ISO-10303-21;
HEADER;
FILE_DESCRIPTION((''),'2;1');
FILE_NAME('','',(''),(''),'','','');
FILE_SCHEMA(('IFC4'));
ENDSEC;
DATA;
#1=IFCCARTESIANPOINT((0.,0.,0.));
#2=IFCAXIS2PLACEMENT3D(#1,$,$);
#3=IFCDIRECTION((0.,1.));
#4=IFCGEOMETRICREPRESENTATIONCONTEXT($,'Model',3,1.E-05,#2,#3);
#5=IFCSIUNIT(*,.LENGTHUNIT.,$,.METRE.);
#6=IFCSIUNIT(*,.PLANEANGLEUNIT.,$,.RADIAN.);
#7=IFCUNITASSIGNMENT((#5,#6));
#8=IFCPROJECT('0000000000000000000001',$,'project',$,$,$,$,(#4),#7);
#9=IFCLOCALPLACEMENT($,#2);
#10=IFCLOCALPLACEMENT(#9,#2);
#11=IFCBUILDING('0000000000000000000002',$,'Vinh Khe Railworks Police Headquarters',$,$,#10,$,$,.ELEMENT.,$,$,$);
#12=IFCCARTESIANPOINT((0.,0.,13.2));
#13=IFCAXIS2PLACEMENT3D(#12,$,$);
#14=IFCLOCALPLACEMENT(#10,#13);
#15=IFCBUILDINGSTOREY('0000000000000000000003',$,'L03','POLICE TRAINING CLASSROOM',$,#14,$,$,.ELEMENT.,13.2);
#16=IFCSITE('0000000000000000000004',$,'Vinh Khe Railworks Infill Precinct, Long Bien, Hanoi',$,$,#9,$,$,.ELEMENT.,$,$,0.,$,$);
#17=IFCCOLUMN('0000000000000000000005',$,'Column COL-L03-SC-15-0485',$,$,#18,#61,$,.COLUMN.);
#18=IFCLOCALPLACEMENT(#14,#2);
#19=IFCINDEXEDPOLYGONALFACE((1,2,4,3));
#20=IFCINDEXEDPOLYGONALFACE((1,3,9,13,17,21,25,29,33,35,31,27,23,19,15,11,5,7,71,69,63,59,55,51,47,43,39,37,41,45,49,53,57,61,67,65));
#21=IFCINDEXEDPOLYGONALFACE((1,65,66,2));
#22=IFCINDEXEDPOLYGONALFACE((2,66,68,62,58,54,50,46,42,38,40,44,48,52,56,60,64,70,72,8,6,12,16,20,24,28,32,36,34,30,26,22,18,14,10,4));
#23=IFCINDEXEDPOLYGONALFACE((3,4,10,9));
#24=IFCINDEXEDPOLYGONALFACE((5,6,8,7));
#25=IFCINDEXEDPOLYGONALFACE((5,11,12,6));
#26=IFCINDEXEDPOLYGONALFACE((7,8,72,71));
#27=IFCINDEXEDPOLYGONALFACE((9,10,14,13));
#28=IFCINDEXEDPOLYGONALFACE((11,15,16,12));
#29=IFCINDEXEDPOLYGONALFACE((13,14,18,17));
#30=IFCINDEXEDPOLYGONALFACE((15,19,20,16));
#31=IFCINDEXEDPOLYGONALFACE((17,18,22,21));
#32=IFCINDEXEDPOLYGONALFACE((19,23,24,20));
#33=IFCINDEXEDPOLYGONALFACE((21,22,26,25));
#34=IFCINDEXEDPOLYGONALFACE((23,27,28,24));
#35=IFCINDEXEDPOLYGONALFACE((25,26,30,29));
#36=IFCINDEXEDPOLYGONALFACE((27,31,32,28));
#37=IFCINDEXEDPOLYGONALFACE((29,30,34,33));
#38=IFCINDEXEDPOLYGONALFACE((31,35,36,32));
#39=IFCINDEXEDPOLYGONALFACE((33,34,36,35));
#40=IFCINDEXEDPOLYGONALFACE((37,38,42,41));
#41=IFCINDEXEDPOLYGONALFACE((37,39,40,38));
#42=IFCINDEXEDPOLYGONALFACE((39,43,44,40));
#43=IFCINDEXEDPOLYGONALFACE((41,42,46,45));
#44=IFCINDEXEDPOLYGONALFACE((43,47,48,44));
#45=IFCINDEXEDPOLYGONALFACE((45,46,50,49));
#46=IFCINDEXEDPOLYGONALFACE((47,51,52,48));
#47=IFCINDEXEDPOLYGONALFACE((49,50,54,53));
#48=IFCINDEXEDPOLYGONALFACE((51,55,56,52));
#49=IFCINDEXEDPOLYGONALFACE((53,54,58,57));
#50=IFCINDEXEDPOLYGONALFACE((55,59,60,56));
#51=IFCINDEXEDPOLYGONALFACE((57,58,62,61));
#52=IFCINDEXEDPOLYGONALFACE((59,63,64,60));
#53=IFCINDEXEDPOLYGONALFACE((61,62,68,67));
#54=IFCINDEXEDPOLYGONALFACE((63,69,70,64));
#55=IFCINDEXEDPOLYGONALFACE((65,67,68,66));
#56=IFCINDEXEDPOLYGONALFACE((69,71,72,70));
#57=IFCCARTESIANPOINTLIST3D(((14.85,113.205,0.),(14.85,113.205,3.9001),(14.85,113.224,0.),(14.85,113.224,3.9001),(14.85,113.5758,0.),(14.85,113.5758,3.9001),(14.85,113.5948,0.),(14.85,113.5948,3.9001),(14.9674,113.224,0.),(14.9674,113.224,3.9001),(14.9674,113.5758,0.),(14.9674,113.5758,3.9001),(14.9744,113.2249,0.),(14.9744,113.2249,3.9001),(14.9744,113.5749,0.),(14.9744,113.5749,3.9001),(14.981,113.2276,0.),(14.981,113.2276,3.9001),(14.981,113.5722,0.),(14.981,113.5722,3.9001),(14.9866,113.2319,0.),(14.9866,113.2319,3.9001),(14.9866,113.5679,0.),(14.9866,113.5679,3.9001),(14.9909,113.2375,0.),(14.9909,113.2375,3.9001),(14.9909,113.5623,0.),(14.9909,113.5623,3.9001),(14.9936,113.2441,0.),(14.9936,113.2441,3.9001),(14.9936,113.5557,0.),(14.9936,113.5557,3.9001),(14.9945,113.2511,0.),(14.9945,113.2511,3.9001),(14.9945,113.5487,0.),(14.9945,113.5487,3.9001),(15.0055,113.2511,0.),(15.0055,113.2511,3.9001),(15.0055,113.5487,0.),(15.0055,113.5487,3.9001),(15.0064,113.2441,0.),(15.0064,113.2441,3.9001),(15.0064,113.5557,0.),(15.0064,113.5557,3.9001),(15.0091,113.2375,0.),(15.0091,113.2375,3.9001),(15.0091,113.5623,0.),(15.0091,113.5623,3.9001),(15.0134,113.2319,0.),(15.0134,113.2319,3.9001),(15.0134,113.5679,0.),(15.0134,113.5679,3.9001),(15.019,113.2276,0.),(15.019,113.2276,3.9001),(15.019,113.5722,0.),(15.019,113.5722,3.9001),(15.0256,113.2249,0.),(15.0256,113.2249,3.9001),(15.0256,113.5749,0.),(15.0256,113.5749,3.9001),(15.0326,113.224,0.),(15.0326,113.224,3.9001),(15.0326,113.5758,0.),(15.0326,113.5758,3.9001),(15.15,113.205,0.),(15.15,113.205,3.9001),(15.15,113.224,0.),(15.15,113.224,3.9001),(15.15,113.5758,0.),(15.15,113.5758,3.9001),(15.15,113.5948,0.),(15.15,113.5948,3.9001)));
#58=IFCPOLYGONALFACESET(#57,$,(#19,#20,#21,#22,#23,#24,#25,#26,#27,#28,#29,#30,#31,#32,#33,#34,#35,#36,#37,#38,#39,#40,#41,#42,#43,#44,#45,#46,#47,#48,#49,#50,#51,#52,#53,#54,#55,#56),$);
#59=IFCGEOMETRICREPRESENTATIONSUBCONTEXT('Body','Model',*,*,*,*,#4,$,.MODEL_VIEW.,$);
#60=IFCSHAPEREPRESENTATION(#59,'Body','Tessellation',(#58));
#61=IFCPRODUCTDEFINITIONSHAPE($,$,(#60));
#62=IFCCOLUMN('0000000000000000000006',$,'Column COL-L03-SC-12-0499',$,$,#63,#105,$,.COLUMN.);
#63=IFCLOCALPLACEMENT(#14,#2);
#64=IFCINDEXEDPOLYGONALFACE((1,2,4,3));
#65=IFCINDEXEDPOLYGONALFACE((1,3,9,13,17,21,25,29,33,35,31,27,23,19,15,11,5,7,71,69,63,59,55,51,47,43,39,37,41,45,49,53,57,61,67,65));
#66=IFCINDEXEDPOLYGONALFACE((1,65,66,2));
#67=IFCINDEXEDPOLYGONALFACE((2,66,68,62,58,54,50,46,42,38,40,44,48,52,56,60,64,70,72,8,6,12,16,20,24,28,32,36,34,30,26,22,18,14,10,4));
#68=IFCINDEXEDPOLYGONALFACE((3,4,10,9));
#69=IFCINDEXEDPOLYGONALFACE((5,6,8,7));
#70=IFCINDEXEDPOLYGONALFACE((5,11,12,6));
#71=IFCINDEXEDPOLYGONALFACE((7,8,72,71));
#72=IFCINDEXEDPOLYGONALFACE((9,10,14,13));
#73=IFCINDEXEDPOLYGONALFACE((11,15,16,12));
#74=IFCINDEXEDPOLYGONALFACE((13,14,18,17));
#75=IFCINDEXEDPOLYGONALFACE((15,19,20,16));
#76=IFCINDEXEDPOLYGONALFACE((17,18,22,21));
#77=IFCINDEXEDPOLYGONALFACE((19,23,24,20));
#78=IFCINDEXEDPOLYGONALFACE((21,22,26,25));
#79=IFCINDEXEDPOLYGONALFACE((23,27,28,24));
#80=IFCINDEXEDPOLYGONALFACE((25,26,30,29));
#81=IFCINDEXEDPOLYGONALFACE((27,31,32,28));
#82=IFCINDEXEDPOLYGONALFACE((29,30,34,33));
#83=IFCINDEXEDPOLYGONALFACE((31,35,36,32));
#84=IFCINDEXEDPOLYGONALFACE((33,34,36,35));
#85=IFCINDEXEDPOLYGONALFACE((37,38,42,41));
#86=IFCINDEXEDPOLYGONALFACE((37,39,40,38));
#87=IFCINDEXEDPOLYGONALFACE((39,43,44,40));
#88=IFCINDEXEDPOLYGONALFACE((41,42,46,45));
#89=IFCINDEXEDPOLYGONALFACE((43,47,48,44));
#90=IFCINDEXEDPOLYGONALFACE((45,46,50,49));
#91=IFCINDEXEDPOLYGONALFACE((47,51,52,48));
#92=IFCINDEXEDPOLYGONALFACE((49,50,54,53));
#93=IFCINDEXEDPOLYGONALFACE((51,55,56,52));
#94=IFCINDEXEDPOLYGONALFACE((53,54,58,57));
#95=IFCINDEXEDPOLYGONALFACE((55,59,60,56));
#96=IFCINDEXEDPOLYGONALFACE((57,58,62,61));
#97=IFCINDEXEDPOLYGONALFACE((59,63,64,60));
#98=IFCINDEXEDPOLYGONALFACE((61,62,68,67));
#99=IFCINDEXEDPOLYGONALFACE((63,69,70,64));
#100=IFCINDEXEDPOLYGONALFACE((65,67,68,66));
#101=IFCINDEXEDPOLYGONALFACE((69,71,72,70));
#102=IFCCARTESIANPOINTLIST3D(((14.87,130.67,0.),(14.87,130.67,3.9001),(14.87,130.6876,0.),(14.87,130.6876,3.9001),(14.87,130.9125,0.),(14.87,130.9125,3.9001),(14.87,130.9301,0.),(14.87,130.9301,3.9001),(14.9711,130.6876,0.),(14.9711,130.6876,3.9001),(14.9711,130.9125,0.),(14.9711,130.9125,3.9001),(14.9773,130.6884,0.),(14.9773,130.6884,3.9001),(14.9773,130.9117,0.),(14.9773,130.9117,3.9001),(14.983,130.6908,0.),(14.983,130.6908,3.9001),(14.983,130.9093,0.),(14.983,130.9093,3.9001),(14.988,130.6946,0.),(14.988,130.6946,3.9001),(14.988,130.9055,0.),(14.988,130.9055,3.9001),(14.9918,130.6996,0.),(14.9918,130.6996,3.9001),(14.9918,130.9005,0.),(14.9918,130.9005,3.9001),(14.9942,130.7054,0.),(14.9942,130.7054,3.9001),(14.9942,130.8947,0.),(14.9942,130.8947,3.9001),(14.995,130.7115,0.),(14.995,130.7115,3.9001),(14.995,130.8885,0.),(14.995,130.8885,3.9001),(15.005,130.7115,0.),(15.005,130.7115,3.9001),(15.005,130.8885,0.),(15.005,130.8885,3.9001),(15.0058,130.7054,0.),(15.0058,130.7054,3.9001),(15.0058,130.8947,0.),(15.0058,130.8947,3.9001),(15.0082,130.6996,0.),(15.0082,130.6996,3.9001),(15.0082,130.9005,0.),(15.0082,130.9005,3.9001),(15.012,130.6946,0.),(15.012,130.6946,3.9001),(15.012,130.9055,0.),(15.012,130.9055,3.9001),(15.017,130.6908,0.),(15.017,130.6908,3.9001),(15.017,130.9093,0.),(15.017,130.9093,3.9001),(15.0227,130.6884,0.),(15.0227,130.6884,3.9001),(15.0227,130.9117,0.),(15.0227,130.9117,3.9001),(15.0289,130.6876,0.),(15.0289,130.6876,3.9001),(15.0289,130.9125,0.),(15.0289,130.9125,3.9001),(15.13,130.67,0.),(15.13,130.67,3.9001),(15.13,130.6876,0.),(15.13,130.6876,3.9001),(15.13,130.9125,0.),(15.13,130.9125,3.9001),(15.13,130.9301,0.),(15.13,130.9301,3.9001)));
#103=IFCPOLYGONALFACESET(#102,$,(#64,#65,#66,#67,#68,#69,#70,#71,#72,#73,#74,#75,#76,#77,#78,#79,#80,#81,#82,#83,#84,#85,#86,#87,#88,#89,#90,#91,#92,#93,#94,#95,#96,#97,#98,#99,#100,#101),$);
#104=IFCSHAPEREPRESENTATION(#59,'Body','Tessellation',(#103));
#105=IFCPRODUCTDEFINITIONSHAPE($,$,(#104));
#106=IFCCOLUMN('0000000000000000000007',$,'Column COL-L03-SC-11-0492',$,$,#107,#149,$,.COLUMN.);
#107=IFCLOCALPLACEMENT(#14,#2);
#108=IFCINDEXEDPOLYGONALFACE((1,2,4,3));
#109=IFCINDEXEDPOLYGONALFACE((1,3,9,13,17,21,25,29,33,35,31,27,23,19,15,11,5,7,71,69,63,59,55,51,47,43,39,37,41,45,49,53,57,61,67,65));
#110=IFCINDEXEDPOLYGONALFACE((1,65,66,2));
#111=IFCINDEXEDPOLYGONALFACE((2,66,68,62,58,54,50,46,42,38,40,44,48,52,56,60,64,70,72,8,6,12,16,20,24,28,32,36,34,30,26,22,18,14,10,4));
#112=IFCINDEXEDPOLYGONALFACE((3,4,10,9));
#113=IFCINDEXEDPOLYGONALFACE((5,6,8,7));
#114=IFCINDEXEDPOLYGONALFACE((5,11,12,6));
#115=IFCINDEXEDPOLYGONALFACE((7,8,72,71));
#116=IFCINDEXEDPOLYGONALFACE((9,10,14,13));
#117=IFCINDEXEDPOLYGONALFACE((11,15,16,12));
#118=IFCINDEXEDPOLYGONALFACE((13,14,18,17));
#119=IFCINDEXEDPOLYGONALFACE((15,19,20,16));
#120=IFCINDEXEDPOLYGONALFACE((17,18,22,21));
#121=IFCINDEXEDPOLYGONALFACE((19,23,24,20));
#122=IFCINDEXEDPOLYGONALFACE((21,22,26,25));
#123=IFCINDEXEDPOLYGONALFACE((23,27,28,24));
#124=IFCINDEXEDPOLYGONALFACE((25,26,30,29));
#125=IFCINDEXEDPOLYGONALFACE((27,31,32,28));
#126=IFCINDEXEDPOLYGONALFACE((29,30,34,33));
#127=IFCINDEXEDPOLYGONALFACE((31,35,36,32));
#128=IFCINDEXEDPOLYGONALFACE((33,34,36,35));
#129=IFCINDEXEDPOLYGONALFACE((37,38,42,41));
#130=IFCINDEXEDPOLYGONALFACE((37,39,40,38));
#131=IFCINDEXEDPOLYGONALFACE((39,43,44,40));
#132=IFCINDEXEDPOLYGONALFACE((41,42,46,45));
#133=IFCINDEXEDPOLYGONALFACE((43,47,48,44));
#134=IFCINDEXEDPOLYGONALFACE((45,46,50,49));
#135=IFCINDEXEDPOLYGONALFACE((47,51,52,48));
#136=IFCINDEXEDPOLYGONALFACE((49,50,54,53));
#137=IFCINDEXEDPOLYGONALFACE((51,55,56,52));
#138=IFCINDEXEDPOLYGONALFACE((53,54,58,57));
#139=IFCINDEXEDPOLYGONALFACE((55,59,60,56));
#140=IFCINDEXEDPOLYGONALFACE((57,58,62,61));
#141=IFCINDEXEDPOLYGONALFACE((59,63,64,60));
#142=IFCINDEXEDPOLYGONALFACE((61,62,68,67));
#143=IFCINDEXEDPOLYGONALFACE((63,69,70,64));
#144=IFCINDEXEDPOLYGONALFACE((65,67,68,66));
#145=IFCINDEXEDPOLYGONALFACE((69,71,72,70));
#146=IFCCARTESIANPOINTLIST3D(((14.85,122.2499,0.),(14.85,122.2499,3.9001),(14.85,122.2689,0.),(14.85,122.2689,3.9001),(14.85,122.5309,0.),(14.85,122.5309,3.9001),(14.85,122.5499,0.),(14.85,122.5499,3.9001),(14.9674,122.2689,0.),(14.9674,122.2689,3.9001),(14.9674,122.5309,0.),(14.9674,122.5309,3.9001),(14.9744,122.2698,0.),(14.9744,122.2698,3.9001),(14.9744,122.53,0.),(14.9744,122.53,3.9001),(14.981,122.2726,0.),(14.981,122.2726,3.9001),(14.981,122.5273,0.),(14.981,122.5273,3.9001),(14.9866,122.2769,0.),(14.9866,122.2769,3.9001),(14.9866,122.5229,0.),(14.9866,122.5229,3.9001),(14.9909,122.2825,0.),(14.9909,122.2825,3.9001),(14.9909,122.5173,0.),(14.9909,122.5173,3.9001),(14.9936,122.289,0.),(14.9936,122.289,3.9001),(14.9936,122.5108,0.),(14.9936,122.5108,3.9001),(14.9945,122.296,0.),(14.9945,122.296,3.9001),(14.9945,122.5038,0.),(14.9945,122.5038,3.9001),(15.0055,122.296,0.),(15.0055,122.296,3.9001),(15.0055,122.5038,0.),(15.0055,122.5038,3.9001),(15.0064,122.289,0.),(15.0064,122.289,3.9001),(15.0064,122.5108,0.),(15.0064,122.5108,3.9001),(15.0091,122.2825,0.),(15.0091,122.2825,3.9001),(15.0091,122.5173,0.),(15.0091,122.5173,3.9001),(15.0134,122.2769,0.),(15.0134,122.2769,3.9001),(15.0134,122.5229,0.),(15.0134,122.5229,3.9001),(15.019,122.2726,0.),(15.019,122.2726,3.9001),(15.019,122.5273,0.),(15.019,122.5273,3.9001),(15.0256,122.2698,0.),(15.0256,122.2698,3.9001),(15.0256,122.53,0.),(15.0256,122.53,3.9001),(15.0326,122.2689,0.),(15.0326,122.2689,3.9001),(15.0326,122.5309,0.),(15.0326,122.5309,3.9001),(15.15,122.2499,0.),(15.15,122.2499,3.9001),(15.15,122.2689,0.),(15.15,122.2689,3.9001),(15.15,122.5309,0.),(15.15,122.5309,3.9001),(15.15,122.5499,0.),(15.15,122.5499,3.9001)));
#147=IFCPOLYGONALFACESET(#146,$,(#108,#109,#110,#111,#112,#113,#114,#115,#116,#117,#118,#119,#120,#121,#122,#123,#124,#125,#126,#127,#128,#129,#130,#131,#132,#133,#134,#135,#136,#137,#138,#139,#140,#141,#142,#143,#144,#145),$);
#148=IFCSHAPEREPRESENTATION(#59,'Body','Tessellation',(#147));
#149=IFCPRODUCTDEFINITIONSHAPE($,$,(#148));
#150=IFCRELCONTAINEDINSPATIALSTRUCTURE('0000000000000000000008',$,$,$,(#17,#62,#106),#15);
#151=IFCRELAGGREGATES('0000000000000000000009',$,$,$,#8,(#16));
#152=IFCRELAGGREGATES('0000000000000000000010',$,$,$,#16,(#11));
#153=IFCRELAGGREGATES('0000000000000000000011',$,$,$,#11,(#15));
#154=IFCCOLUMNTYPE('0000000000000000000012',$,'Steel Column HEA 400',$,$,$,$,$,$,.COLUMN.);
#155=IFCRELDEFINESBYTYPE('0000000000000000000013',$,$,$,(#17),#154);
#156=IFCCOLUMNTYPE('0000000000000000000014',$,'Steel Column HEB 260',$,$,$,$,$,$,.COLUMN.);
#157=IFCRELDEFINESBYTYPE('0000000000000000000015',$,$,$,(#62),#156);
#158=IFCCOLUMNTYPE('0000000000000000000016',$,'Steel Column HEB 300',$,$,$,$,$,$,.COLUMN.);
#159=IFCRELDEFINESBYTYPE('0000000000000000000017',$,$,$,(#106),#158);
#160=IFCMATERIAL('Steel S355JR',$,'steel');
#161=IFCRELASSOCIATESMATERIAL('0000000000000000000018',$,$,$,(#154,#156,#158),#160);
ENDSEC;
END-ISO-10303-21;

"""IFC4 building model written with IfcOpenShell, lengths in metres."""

from ifc_helpers import new_model, si_unit, direction, frame, origin, origin_2d, place, context, subcontext, project, spatial, i_section, extrude, material, material_profile, profile_set, type_object, element, save


model = new_model("IFC4")

# Units and contexts
model_context = context("Model", 3, precision=1e-05, world=origin(), true_north=direction((0.0, 1.0)))
body_context = subcontext(model_context, "Body", "Model", "MODEL_VIEW")
ifc_project = project(units=[si_unit("LENGTHUNIT", "METRE"), si_unit("PLANEANGLEUNIT", "RADIAN")], contexts=[model_context])

# Site, building, storey
site_placement = place(None, origin())
site = spatial("IfcSite", under=ifc_project, at=site_placement, Name="Vinh Khe Railworks Infill Precinct, Long Bien, Hanoi", CompositionType="ELEMENT", RefElevation=0.0)
building_placement = place(site_placement, origin())
building = spatial("IfcBuilding", under=site, at=building_placement, Name="Vinh Khe Railworks Police Headquarters", CompositionType="ELEMENT")
storey_placement = place(building_placement, frame((0.0, 0.0, 13.2)))
storey = spatial("IfcBuildingStorey", under=building, at=storey_placement, Name="L03", Description="POLICE TRAINING CLASSROOM", CompositionType="ELEMENT", Elevation=13.2)

# Columns
ifc_material_1 = material(Name="Steel S355JR", Category="steel")
ifc_material_profile_1 = material_profile(ifc_material_1, i_section(OverallWidth=0.3, OverallDepth=0.3899, WebThickness=0.011, FlangeThickness=0.019, FilletRadius=0.0271, at=origin_2d()), Name="HEA 400")
ifc_profile_set_1 = profile_set([ifc_material_profile_1], Name="Steel S355JR")
column_type_1 = type_object("IfcColumnType", Name="Steel Column HEA 400", PredefinedType="COLUMN", material=ifc_profile_set_1)
column_1_placement = place(storey_placement, frame((15.0, 113.3999, 0.0), z_axis=(0.0, 0.0, 1.0), x_axis=(1.0, 0.0, 0.0)))
element("IfcColumn", 1, at=column_1_placement, inside=storey, type_object=column_type_1, Name="Column COL-L03-SC-15-0485", PredefinedType="COLUMN", context=body_context, shape_type="SweptSolid", body=[
    extrude(i_section(OverallWidth=0.3, OverallDepth=0.3899, WebThickness=0.011, FlangeThickness=0.019, FilletRadius=0.0271, at=origin_2d()), origin(), (0.0, 0.0, 1.0), 3.9001),
])
ifc_material_profile_2 = material_profile(ifc_material_1, i_section(OverallWidth=0.26, OverallDepth=0.26, WebThickness=0.01, FlangeThickness=0.0176, FilletRadius=0.0239, at=origin_2d()), Name="HEB 260")
ifc_profile_set_2 = profile_set([ifc_material_profile_2], Name="Steel S355JR")
column_type_2 = type_object("IfcColumnType", Name="Steel Column HEB 260", PredefinedType="COLUMN", material=ifc_profile_set_2)
column_2_placement = place(storey_placement, frame((15.0, 130.8, 0.0), z_axis=(0.0, 0.0, 1.0), x_axis=(1.0, 0.0, 0.0)))
element("IfcColumn", 2, at=column_2_placement, inside=storey, type_object=column_type_2, Name="Column COL-L03-SC-12-0499", PredefinedType="COLUMN", context=body_context, shape_type="SweptSolid", body=[
    extrude(i_section(OverallWidth=0.26, OverallDepth=0.26, WebThickness=0.01, FlangeThickness=0.0176, FilletRadius=0.0239, at=origin_2d()), origin(), (0.0, 0.0, 1.0), 3.9001),
])
ifc_material_profile_3 = material_profile(ifc_material_1, i_section(OverallWidth=0.3, OverallDepth=0.3, WebThickness=0.011, FlangeThickness=0.019, FilletRadius=0.0271, at=origin_2d()), Name="HEB 300")
ifc_profile_set_3 = profile_set([ifc_material_profile_3], Name="Steel S355JR")
column_type_3 = type_object("IfcColumnType", Name="Steel Column HEB 300", PredefinedType="COLUMN", material=ifc_profile_set_3)
column_3_placement = place(storey_placement, frame((15.0, 122.3999, 0.0), z_axis=(0.0, 0.0, 1.0), x_axis=(1.0, 0.0, 0.0)))
element("IfcColumn", 3, at=column_3_placement, inside=storey, type_object=column_type_3, Name="Column COL-L03-SC-11-0492", PredefinedType="COLUMN", context=body_context, shape_type="SweptSolid", body=[
    extrude(i_section(OverallWidth=0.3, OverallDepth=0.3, WebThickness=0.011, FlangeThickness=0.019, FilletRadius=0.0271, at=origin_2d()), origin(), (0.0, 0.0, 1.0), 3.9001),
])

save(model, "model.ifc")
